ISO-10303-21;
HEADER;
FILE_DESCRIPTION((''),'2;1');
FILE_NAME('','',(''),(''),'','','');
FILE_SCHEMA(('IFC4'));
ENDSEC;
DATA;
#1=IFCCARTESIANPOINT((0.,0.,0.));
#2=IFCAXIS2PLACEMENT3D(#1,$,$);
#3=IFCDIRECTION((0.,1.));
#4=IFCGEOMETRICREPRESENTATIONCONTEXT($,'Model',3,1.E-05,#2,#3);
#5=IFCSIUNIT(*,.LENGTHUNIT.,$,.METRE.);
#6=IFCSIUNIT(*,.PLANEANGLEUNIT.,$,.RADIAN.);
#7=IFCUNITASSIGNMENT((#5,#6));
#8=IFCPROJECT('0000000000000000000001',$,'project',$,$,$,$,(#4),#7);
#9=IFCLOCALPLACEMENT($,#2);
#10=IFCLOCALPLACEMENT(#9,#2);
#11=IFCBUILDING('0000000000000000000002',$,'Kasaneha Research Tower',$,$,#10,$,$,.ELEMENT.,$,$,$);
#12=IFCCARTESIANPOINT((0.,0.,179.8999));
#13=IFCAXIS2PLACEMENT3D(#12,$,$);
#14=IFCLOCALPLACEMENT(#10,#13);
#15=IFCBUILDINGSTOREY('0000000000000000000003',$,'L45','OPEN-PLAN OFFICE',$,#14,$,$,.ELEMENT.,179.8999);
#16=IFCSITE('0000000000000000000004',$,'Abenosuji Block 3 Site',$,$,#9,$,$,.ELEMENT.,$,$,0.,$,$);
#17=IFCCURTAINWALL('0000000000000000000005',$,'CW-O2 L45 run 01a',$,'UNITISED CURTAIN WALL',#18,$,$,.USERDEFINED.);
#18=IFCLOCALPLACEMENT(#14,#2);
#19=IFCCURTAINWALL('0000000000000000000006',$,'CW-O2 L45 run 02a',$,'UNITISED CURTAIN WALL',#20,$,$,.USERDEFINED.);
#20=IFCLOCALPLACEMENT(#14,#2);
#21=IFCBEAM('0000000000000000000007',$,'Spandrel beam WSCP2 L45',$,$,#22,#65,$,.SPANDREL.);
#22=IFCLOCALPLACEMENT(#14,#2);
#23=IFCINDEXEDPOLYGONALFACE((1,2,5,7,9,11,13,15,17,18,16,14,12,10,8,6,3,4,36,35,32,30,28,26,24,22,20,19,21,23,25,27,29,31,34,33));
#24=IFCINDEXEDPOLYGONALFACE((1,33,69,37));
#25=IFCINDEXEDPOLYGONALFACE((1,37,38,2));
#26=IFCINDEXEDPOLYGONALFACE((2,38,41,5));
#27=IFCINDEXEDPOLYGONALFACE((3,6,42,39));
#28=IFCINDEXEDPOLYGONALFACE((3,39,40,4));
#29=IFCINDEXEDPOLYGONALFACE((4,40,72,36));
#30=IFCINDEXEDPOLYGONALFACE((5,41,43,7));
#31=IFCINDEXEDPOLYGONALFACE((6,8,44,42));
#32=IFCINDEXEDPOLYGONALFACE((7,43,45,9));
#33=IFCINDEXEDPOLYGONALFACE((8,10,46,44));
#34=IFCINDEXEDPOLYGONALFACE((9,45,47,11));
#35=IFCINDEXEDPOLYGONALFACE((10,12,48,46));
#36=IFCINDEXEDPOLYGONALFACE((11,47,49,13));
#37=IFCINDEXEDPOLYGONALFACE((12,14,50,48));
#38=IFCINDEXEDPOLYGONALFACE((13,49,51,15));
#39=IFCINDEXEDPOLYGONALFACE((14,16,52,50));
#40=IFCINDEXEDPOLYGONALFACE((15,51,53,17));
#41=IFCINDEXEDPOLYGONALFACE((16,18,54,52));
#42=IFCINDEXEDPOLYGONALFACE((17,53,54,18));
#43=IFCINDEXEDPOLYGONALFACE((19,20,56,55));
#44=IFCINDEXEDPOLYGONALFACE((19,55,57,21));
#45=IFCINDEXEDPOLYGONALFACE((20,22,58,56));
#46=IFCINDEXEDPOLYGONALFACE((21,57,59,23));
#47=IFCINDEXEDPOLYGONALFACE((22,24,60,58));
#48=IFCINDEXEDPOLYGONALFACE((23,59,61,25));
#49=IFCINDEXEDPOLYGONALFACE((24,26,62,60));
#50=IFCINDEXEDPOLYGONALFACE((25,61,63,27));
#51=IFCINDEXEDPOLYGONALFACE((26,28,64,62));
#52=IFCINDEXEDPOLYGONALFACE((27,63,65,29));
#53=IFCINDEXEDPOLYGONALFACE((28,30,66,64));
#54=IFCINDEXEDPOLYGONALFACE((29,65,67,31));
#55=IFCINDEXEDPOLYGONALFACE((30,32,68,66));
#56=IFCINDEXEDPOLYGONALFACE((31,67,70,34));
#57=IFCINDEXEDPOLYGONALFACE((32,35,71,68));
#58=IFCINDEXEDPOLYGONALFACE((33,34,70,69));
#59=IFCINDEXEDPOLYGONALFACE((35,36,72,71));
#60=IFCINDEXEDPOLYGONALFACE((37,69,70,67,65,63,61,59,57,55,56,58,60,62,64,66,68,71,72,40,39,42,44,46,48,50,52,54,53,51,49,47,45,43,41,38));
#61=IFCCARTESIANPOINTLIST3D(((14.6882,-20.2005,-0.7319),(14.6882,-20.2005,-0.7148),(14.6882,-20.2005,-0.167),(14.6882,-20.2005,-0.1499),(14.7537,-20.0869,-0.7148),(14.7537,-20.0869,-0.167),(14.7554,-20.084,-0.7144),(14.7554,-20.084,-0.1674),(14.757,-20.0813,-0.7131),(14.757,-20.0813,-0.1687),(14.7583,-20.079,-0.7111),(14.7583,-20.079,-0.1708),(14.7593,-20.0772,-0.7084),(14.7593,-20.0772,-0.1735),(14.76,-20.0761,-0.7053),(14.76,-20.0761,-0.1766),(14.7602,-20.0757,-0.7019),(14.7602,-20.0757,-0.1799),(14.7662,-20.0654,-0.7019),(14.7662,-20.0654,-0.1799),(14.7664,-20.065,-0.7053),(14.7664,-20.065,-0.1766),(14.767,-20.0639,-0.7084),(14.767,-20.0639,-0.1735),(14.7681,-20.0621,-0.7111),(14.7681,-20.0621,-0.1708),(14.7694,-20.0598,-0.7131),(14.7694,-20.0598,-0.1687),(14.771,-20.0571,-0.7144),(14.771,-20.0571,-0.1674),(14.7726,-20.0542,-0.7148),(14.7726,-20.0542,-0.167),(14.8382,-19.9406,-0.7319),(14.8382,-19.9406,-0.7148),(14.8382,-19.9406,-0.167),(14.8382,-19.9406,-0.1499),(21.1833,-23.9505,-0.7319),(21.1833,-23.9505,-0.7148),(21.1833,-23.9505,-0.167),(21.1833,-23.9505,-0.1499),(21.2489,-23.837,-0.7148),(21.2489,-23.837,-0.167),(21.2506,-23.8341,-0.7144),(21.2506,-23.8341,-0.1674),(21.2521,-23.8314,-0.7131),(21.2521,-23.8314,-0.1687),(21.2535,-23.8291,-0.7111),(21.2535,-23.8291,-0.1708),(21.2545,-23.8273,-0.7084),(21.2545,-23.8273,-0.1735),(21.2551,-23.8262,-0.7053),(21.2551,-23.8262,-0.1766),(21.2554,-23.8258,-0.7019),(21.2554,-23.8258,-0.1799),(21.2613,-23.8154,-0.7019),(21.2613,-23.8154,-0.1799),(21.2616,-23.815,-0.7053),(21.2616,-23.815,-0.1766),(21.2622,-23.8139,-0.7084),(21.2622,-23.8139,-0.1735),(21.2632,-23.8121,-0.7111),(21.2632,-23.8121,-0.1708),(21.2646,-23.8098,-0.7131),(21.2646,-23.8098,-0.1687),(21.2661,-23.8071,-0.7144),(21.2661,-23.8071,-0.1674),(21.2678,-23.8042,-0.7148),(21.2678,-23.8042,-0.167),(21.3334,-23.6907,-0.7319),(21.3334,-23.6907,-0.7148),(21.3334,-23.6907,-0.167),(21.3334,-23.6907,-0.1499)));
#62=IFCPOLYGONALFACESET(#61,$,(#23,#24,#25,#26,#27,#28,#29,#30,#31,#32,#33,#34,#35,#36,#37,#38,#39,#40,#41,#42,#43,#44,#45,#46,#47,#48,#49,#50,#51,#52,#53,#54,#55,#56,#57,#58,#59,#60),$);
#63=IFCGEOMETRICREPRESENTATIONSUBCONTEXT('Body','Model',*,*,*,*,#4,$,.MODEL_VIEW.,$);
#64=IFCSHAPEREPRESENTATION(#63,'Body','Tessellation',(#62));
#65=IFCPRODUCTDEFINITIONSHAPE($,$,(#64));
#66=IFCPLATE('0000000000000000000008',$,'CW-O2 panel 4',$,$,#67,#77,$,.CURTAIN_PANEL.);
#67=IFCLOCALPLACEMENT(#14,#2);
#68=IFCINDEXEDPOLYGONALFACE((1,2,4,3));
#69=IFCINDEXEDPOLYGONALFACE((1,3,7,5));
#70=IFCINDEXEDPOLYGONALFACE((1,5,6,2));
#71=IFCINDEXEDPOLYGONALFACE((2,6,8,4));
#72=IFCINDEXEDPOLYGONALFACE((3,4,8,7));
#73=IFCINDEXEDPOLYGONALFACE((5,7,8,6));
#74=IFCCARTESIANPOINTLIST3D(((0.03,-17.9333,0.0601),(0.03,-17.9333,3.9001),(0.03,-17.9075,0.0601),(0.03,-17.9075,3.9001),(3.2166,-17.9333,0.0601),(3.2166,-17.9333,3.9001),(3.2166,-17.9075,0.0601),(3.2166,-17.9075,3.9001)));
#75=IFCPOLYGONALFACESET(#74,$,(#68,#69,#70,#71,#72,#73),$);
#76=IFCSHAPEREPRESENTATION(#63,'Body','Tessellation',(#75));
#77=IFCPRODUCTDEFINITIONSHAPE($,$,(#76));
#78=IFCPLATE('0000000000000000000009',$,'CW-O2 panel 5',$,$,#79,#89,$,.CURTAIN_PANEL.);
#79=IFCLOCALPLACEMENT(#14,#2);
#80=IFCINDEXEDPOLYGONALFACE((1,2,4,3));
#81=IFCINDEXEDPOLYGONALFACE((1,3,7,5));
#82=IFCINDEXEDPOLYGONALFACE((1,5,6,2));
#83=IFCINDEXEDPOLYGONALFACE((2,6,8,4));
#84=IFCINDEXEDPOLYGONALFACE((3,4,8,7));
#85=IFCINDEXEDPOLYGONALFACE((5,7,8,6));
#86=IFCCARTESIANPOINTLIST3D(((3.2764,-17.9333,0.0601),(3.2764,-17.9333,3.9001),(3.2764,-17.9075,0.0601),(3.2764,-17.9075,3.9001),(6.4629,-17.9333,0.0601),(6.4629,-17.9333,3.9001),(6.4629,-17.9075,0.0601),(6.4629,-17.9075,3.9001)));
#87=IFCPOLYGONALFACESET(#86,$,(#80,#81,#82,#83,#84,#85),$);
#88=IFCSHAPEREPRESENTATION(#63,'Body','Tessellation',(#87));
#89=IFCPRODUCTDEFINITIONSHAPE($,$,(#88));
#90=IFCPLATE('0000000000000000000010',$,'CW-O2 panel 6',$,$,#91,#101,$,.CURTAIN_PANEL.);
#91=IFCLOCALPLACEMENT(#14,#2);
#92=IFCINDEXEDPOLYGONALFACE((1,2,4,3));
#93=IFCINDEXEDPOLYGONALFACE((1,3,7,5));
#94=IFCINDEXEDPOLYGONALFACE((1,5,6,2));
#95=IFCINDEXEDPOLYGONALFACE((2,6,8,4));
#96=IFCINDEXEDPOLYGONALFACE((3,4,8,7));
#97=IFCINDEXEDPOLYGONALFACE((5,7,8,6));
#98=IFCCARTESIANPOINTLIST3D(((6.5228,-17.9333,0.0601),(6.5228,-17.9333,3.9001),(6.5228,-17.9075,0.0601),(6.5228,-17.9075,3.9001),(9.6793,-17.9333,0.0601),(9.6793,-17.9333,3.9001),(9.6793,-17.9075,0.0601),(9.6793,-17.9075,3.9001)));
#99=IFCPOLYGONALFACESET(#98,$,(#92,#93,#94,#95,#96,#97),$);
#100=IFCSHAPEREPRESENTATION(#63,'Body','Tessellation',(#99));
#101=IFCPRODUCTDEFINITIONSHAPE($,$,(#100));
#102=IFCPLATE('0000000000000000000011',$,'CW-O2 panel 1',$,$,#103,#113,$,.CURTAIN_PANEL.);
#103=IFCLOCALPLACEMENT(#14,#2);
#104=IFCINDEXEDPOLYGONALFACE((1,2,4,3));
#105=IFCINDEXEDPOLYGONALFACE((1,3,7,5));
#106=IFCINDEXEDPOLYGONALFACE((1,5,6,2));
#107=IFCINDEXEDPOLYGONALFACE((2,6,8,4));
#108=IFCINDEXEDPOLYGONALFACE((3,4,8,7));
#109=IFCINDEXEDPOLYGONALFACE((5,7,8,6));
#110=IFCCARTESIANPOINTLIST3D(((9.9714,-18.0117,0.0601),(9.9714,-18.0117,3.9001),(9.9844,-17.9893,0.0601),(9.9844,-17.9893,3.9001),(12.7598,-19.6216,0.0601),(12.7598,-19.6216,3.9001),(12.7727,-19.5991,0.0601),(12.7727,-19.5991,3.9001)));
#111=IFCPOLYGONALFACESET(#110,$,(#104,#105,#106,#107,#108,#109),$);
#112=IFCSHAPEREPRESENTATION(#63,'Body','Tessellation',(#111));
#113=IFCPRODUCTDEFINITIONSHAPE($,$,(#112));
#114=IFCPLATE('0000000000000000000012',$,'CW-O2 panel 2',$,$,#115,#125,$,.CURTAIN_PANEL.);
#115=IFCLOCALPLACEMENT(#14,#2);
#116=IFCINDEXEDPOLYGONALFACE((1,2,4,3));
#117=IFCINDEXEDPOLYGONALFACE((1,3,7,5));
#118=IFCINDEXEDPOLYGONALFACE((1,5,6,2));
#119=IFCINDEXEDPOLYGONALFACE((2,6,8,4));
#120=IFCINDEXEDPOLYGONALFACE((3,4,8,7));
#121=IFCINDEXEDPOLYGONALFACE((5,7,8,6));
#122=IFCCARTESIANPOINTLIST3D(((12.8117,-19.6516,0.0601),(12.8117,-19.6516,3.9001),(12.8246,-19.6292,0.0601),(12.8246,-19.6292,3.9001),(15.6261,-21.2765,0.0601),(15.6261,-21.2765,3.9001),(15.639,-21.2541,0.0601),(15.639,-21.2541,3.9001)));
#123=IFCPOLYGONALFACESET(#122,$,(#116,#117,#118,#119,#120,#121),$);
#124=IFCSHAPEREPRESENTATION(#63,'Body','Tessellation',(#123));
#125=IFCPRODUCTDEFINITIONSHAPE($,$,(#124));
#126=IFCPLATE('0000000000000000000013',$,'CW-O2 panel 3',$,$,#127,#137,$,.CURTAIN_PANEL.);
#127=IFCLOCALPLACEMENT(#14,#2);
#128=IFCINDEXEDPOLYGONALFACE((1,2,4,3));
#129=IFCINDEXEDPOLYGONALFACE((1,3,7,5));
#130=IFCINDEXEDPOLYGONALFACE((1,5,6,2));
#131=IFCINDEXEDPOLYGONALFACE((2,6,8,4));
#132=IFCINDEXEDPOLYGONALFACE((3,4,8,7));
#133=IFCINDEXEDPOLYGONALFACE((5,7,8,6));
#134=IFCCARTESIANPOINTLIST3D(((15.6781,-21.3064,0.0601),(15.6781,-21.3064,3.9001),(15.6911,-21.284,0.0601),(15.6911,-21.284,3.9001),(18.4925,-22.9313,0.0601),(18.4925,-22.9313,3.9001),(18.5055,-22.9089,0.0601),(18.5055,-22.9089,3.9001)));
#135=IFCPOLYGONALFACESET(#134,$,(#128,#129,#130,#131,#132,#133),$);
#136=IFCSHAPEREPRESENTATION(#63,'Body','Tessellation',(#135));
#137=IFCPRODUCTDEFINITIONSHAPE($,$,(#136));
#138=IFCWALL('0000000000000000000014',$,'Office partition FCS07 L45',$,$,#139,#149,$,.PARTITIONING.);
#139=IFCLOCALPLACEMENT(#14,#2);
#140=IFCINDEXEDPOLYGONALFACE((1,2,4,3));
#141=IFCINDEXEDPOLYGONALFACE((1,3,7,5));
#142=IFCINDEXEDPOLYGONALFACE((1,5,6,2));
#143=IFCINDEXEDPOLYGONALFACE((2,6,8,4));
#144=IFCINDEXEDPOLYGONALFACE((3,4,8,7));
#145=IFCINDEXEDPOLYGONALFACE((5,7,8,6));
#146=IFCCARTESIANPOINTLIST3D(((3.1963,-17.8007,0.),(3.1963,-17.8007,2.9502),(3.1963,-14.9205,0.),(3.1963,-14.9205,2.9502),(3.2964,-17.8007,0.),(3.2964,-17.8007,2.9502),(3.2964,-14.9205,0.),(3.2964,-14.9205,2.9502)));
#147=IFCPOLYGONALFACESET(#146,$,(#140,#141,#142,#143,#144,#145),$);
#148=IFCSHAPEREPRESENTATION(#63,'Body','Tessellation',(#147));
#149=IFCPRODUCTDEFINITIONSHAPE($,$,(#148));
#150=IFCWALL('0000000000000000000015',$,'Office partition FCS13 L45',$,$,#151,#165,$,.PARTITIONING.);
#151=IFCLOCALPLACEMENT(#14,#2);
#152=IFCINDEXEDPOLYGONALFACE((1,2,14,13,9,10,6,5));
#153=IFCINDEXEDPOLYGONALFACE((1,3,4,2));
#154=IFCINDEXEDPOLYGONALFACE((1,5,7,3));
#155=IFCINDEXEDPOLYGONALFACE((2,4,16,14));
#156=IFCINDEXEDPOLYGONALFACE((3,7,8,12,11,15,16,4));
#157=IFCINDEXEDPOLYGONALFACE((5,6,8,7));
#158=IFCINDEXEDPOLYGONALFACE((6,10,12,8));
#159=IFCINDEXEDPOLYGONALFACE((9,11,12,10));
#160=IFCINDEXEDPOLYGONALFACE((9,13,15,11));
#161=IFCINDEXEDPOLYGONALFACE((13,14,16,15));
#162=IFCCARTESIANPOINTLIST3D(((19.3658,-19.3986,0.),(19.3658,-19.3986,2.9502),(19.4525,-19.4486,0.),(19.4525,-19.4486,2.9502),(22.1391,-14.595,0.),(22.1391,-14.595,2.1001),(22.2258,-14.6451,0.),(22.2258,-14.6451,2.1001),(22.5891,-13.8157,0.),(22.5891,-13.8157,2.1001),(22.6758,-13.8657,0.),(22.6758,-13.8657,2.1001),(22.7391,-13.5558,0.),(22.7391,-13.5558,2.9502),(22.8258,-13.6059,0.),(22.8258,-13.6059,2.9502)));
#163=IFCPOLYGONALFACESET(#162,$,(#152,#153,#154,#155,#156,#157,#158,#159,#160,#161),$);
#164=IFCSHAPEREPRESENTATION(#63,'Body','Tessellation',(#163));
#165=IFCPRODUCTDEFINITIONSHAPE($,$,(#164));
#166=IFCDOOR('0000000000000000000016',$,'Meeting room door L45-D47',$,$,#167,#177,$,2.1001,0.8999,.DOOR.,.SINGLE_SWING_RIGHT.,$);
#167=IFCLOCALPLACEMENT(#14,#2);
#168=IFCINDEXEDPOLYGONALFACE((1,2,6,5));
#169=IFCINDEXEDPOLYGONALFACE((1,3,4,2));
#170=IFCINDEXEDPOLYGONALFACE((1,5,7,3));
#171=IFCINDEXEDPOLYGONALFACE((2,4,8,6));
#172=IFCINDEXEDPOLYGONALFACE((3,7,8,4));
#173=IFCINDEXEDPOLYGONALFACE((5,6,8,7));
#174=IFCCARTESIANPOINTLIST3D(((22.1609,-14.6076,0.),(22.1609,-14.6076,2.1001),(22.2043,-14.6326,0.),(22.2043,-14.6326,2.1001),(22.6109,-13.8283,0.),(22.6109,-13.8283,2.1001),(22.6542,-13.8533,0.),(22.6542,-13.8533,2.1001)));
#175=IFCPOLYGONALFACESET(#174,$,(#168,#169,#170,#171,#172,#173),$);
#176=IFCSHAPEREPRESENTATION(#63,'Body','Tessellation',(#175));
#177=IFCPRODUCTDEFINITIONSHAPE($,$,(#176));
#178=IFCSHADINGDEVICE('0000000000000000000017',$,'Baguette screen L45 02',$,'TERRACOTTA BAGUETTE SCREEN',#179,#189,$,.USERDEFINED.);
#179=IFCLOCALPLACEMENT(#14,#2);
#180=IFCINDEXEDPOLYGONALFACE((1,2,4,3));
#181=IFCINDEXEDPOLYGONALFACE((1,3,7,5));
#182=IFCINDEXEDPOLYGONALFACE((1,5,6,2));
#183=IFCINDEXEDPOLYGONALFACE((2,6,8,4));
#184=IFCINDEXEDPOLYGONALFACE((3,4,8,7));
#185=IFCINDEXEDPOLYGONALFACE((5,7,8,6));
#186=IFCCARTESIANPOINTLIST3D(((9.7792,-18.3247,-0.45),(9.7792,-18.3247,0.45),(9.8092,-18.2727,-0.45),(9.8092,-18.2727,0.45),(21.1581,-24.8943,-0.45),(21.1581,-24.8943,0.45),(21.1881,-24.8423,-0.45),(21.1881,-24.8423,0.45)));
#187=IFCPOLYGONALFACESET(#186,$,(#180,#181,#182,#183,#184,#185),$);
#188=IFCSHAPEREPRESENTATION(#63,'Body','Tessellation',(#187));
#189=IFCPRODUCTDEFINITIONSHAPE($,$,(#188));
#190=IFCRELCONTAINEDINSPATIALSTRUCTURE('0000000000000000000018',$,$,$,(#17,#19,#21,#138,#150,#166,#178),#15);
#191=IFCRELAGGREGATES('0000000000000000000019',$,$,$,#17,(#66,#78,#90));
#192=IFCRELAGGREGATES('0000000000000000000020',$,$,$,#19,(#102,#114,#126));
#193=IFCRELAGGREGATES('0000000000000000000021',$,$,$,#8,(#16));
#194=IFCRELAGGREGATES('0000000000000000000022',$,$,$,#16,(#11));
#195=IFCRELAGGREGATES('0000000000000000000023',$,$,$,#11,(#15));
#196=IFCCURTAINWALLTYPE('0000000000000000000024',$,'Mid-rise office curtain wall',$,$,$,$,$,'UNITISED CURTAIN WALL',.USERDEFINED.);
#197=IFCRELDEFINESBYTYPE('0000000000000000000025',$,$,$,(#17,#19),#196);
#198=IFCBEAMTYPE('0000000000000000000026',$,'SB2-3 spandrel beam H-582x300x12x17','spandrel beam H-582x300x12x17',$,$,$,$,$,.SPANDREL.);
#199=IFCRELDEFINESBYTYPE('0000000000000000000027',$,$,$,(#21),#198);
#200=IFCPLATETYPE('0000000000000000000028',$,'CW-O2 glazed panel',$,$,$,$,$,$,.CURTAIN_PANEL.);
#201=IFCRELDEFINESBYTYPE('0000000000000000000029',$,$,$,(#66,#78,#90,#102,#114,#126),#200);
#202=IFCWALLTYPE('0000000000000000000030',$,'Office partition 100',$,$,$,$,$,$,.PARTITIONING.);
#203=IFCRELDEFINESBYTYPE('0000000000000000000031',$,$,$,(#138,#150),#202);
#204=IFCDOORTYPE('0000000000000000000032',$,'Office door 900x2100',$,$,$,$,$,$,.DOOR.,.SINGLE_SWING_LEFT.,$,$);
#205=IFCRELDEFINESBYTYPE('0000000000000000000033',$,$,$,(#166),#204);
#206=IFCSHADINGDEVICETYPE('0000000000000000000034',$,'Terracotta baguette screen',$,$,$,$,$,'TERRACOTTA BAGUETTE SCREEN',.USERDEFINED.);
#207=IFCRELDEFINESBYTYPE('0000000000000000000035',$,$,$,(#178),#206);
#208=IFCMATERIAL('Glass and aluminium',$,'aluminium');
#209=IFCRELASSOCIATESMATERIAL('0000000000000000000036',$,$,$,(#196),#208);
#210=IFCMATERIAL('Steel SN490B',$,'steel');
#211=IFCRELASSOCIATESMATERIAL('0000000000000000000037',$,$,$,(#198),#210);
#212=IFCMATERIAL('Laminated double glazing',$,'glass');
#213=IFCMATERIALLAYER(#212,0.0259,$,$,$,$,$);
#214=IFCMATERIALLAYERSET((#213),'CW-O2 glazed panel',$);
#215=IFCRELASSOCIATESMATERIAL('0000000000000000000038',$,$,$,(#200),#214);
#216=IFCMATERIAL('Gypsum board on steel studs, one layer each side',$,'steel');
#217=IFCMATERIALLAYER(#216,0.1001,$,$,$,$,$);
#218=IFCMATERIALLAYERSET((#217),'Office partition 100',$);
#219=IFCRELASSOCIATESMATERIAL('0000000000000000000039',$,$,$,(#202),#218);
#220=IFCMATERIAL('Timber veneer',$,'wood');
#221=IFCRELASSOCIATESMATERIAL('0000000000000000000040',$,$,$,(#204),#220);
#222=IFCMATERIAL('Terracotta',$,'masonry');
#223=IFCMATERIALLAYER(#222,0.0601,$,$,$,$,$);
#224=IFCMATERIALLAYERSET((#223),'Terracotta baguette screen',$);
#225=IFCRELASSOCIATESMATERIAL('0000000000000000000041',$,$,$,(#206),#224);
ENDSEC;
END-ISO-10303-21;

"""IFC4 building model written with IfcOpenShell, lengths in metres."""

from ifc_helpers import new_model, si_unit, direction, frame, frame_2d, origin, origin_2d, place, context, subcontext, project, spatial, rectangle, i_section, extrude, material, layer, layer_set, material_profile, profile_set, type_object, element, fill, aggregate, save


model = new_model("IFC4")

# Units and contexts
model_context = context("Model", 3, precision=1e-05, world=origin(), true_north=direction((0.0, 1.0)))
body_context = subcontext(model_context, "Body", "Model", "MODEL_VIEW")
ifc_project = project(units=[si_unit("LENGTHUNIT", "METRE"), si_unit("PLANEANGLEUNIT", "RADIAN")], contexts=[model_context])

# Site, building, storey
site_placement = place(None, origin())
site = spatial("IfcSite", under=ifc_project, at=site_placement, Name="Abenosuji Block 3 Site", CompositionType="ELEMENT", RefElevation=0.0)
building_placement = place(site_placement, origin())
building = spatial("IfcBuilding", under=site, at=building_placement, Name="Kasaneha Research Tower", CompositionType="ELEMENT")
storey_placement = place(building_placement, frame((0.0, 0.0, 179.8999)))
storey = spatial("IfcBuildingStorey", under=building, at=storey_placement, Name="L45", Description="OPEN-PLAN OFFICE", CompositionType="ELEMENT", Elevation=179.8999)

# Curtain walls
ifc_material_1 = material(Name="Glass and aluminium", Category="aluminium")
curtain_wall_type = type_object("IfcCurtainWallType", Name="Mid-rise office curtain wall", ElementType="UNITISED CURTAIN WALL", PredefinedType="USERDEFINED", material=ifc_material_1)
curtain_wall_1_placement = place(storey_placement, origin())
curtain_wall_1 = element("IfcCurtainWall", 1, at=curtain_wall_1_placement, inside=storey, type_object=curtain_wall_type, Name="CW-O2 L45 run 01a", ObjectType="UNITISED CURTAIN WALL", PredefinedType="USERDEFINED")
curtain_wall_2_placement = place(storey_placement, origin())
curtain_wall_2 = element("IfcCurtainWall", 2, at=curtain_wall_2_placement, inside=storey, type_object=curtain_wall_type, Name="CW-O2 L45 run 02a", ObjectType="UNITISED CURTAIN WALL", PredefinedType="USERDEFINED")

# Beam
ifc_material_2 = material(Name="Steel SN490B", Category="steel")
ifc_material_profile_1 = material_profile(ifc_material_2, i_section(OverallWidth=0.3, OverallDepth=0.582, WebThickness=0.012, FlangeThickness=0.0171, FilletRadius=0.0129, at=origin_2d()), Name="H-582x300x12x17")
ifc_profile_set_1 = profile_set([ifc_material_profile_1], Name="Steel SN490B")
beam_type_1 = type_object("IfcBeamType", Name="SB2-3 spandrel beam H-582x300x12x17", Description="spandrel beam H-582x300x12x17", PredefinedType="SPANDREL", material=ifc_profile_set_1)
beam_1_placement = place(storey_placement, frame((14.7632, -20.0706, -0.4409), z_axis=(0.866023, -0.500004, 0.0), x_axis=(0.500004, 0.866023, 0.0)))
element("IfcBeam", 3, at=beam_1_placement, inside=storey, type_object=beam_type_1, Name="Spandrel beam WSCP2 L45", PredefinedType="SPANDREL", context=body_context, shape_type="SweptSolid", body=[
    extrude(i_section(OverallWidth=0.3, OverallDepth=0.582, WebThickness=0.012, FlangeThickness=0.0171, FilletRadius=0.0129, at=origin_2d()), origin(), (0.0, 0.0, 1.0), 7.5),
])

# Plates
ifc_material_3 = material(Name="Laminated double glazing", Category="glass")
ifc_layer_1 = layer(ifc_material_3, 0.0259)
ifc_layer_set_1 = layer_set([ifc_layer_1], Name="CW-O2 glazed panel")
plate_type = type_object("IfcPlateType", Name="CW-O2 glazed panel", PredefinedType="CURTAIN_PANEL", material=ifc_layer_set_1)
plate_1_placement = place(storey_placement, frame((1.6233, -17.9204, 0.0601), z_axis=(0.0, 0.0, 1.0), x_axis=(1.0, 0.0, 0.0)))
plate_1 = element("IfcPlate", 4, at=plate_1_placement, type_object=plate_type, Name="CW-O2 panel 4", PredefinedType="CURTAIN_PANEL", context=body_context, shape_type="SweptSolid", body=[
    extrude(rectangle(XDim=3.1865, YDim=0.0259, at=origin_2d()), origin(), (0.0, 0.0, 1.0), 3.8401),
])
plate_2_placement = place(storey_placement, frame((4.8696, -17.9204, 0.0601), z_axis=(0.0, 0.0, 1.0), x_axis=(1.0, 0.0, 0.0)))
plate_2 = element("IfcPlate", 5, at=plate_2_placement, type_object=plate_type, Name="CW-O2 panel 5", PredefinedType="CURTAIN_PANEL", context=body_context, shape_type="SweptSolid", body=[
    extrude(rectangle(XDim=3.1865, YDim=0.0259, at=origin_2d()), origin(), (0.0, 0.0, 1.0), 3.8401),
])
plate_3_placement = place(storey_placement, frame((8.1011, -17.9204, 0.0601), z_axis=(0.0, 0.0, 1.0), x_axis=(1.0, 0.0, 0.0)))
plate_3 = element("IfcPlate", 6, at=plate_3_placement, type_object=plate_type, Name="CW-O2 panel 6", PredefinedType="CURTAIN_PANEL", context=body_context, shape_type="SweptSolid", body=[
    extrude(rectangle(XDim=3.1565, YDim=0.0259, at=origin_2d()), origin(), (0.0, 0.0, 1.0), 3.8401),
])
aggregate(curtain_wall_1, [plate_1, plate_2, plate_3])
plate_4_placement = place(storey_placement, frame((11.3721, -18.8054, 0.0601), z_axis=(0.0, 0.0, 1.0), x_axis=(0.866025, -0.5, 0.0)))
plate_4 = element("IfcPlate", 7, at=plate_4_placement, type_object=plate_type, Name="CW-O2 panel 1", PredefinedType="CURTAIN_PANEL", context=body_context, shape_type="SweptSolid", body=[
    extrude(rectangle(XDim=3.2197, YDim=0.0259, at=origin_2d()), origin(), (0.0, 0.0, 1.0), 3.8401),
])
plate_5_placement = place(storey_placement, frame((14.2253, -20.4529, 0.0601), z_axis=(0.0, 0.0, 1.0), x_axis=(0.866025, -0.5, 0.0)))
plate_5 = element("IfcPlate", 8, at=plate_5_placement, type_object=plate_type, Name="CW-O2 panel 2", PredefinedType="CURTAIN_PANEL", context=body_context, shape_type="SweptSolid", body=[
    extrude(rectangle(XDim=3.2498, YDim=0.0259, at=origin_2d()), origin(), (0.0, 0.0, 1.0), 3.8401),
])
plate_6_placement = place(storey_placement, frame((17.0918, -22.1077, 0.0601), z_axis=(0.0, 0.0, 1.0), x_axis=(0.866025, -0.5, 0.0)))
plate_6 = element("IfcPlate", 9, at=plate_6_placement, type_object=plate_type, Name="CW-O2 panel 3", PredefinedType="CURTAIN_PANEL", context=body_context, shape_type="SweptSolid", body=[
    extrude(rectangle(XDim=3.2498, YDim=0.0259, at=origin_2d()), origin(), (0.0, 0.0, 1.0), 3.8401),
])
aggregate(curtain_wall_2, [plate_4, plate_5, plate_6])

# Wall
ifc_material_4 = material(Name="Gypsum board on steel studs, one layer each side", Category="steel")
ifc_layer_2 = layer(ifc_material_4, 0.1001)
ifc_layer_set_2 = layer_set([ifc_layer_2], Name="Office partition 100")
wall_type = type_object("IfcWallType", Name="Office partition 100", PredefinedType="PARTITIONING", material=ifc_layer_set_2)
wall_1_placement = place(storey_placement, frame((3.2463, -17.8005, 0.0), z_axis=(0.0, 0.0, 1.0), x_axis=(0.0, 1.0, 0.0)))
element("IfcWall", 10, at=wall_1_placement, inside=storey, type_object=wall_type, Name="Office partition FCS07 L45", PredefinedType="PARTITIONING", context=body_context, shape_type="SweptSolid", body=[
    extrude(rectangle(XDim=2.8801, YDim=0.1001, at=frame_2d((1.4399, 0.0))), origin(), (0.0, 0.0, 1.0), 2.9502),
])

# Wall, opening, door
wall_2_placement = place(storey_placement, frame((19.4092, -19.4236, 0.0), z_axis=(0.0, 0.0, 1.0), x_axis=(0.499996, 0.866028, 0.0)))
wall_2 = element("IfcWall", 11, at=wall_2_placement, inside=storey, type_object=wall_type, Name="Office partition FCS13 L45", PredefinedType="PARTITIONING", context=body_context, shape_type="SweptSolid", body=[
    extrude(rectangle(XDim=6.7466, YDim=0.1001, at=frame_2d((3.3733, 0.0))), origin(), (0.0, 0.0, 1.0), 2.9502),
])
opening_placement = place(wall_2_placement, frame((5.5466, 0.0, 0.0)))
opening = element("IfcOpeningElement", 12, at=opening_placement, cuts=wall_2, PredefinedType="OPENING", context=body_context, shape_type="SweptSolid", body=[
    extrude(rectangle(XDim=0.8999, YDim=2.1001, at=frame_2d((0.45, 1.05))), frame((0.0, 0.0601, 0.0), z_axis=(0.0, -1.0, 0.0), x_axis=(1.0, 0.0, 0.0)), (0.0, 0.0, 1.0), 0.1201),
])
ifc_material_5 = material(Name="Timber veneer", Category="wood")
door_type = type_object("IfcDoorType", Name="Office door 900x2100", OperationType="SINGLE_SWING_LEFT", PredefinedType="DOOR", material=ifc_material_5)
door_placement = place(opening_placement, origin())
door = element("IfcDoor", 13, at=door_placement, inside=storey, type_object=door_type, Name="Meeting room door L45-D47", OperationType="SINGLE_SWING_RIGHT", OverallHeight=2.1001, OverallWidth=0.8999, PredefinedType="DOOR", context=body_context, shape_type="SweptSolid", body=[
    extrude(rectangle(XDim=0.8999, YDim=2.1001, at=frame_2d((0.45, 1.05))), frame((0.0, 0.0249, 0.0), z_axis=(0.0, -1.0, 0.0), x_axis=(1.0, 0.0, 0.0)), (0.0, 0.0, 1.0), 0.05),
])
fill(opening, door)

# Shading device
ifc_material_6 = material(Name="Terracotta", Category="masonry")
ifc_layer_3 = layer(ifc_material_6, 0.0601)
ifc_layer_set_3 = layer_set([ifc_layer_3], Name="Terracotta baguette screen")
shading_device_type = type_object("IfcShadingDeviceType", Name="Terracotta baguette screen", ElementType="TERRACOTTA BAGUETTE SCREEN", PredefinedType="USERDEFINED", material=ifc_layer_set_3)
shading_device_placement = place(storey_placement, frame((15.4836, -21.5835, -0.45), z_axis=(0.0, 0.0, 1.0), x_axis=(0.866025, -0.5, 0.0)))
element("IfcShadingDevice", 14, at=shading_device_placement, inside=storey, type_object=shading_device_type, Name="Baguette screen L45 02", ObjectType="TERRACOTTA BAGUETTE SCREEN", PredefinedType="USERDEFINED", context=body_context, shape_type="SweptSolid", body=[
    extrude(rectangle(XDim=13.1392, YDim=0.0601, at=origin_2d()), origin(), (0.0, 0.0, 1.0), 0.8999),
])

save(model, "model.ifc")
